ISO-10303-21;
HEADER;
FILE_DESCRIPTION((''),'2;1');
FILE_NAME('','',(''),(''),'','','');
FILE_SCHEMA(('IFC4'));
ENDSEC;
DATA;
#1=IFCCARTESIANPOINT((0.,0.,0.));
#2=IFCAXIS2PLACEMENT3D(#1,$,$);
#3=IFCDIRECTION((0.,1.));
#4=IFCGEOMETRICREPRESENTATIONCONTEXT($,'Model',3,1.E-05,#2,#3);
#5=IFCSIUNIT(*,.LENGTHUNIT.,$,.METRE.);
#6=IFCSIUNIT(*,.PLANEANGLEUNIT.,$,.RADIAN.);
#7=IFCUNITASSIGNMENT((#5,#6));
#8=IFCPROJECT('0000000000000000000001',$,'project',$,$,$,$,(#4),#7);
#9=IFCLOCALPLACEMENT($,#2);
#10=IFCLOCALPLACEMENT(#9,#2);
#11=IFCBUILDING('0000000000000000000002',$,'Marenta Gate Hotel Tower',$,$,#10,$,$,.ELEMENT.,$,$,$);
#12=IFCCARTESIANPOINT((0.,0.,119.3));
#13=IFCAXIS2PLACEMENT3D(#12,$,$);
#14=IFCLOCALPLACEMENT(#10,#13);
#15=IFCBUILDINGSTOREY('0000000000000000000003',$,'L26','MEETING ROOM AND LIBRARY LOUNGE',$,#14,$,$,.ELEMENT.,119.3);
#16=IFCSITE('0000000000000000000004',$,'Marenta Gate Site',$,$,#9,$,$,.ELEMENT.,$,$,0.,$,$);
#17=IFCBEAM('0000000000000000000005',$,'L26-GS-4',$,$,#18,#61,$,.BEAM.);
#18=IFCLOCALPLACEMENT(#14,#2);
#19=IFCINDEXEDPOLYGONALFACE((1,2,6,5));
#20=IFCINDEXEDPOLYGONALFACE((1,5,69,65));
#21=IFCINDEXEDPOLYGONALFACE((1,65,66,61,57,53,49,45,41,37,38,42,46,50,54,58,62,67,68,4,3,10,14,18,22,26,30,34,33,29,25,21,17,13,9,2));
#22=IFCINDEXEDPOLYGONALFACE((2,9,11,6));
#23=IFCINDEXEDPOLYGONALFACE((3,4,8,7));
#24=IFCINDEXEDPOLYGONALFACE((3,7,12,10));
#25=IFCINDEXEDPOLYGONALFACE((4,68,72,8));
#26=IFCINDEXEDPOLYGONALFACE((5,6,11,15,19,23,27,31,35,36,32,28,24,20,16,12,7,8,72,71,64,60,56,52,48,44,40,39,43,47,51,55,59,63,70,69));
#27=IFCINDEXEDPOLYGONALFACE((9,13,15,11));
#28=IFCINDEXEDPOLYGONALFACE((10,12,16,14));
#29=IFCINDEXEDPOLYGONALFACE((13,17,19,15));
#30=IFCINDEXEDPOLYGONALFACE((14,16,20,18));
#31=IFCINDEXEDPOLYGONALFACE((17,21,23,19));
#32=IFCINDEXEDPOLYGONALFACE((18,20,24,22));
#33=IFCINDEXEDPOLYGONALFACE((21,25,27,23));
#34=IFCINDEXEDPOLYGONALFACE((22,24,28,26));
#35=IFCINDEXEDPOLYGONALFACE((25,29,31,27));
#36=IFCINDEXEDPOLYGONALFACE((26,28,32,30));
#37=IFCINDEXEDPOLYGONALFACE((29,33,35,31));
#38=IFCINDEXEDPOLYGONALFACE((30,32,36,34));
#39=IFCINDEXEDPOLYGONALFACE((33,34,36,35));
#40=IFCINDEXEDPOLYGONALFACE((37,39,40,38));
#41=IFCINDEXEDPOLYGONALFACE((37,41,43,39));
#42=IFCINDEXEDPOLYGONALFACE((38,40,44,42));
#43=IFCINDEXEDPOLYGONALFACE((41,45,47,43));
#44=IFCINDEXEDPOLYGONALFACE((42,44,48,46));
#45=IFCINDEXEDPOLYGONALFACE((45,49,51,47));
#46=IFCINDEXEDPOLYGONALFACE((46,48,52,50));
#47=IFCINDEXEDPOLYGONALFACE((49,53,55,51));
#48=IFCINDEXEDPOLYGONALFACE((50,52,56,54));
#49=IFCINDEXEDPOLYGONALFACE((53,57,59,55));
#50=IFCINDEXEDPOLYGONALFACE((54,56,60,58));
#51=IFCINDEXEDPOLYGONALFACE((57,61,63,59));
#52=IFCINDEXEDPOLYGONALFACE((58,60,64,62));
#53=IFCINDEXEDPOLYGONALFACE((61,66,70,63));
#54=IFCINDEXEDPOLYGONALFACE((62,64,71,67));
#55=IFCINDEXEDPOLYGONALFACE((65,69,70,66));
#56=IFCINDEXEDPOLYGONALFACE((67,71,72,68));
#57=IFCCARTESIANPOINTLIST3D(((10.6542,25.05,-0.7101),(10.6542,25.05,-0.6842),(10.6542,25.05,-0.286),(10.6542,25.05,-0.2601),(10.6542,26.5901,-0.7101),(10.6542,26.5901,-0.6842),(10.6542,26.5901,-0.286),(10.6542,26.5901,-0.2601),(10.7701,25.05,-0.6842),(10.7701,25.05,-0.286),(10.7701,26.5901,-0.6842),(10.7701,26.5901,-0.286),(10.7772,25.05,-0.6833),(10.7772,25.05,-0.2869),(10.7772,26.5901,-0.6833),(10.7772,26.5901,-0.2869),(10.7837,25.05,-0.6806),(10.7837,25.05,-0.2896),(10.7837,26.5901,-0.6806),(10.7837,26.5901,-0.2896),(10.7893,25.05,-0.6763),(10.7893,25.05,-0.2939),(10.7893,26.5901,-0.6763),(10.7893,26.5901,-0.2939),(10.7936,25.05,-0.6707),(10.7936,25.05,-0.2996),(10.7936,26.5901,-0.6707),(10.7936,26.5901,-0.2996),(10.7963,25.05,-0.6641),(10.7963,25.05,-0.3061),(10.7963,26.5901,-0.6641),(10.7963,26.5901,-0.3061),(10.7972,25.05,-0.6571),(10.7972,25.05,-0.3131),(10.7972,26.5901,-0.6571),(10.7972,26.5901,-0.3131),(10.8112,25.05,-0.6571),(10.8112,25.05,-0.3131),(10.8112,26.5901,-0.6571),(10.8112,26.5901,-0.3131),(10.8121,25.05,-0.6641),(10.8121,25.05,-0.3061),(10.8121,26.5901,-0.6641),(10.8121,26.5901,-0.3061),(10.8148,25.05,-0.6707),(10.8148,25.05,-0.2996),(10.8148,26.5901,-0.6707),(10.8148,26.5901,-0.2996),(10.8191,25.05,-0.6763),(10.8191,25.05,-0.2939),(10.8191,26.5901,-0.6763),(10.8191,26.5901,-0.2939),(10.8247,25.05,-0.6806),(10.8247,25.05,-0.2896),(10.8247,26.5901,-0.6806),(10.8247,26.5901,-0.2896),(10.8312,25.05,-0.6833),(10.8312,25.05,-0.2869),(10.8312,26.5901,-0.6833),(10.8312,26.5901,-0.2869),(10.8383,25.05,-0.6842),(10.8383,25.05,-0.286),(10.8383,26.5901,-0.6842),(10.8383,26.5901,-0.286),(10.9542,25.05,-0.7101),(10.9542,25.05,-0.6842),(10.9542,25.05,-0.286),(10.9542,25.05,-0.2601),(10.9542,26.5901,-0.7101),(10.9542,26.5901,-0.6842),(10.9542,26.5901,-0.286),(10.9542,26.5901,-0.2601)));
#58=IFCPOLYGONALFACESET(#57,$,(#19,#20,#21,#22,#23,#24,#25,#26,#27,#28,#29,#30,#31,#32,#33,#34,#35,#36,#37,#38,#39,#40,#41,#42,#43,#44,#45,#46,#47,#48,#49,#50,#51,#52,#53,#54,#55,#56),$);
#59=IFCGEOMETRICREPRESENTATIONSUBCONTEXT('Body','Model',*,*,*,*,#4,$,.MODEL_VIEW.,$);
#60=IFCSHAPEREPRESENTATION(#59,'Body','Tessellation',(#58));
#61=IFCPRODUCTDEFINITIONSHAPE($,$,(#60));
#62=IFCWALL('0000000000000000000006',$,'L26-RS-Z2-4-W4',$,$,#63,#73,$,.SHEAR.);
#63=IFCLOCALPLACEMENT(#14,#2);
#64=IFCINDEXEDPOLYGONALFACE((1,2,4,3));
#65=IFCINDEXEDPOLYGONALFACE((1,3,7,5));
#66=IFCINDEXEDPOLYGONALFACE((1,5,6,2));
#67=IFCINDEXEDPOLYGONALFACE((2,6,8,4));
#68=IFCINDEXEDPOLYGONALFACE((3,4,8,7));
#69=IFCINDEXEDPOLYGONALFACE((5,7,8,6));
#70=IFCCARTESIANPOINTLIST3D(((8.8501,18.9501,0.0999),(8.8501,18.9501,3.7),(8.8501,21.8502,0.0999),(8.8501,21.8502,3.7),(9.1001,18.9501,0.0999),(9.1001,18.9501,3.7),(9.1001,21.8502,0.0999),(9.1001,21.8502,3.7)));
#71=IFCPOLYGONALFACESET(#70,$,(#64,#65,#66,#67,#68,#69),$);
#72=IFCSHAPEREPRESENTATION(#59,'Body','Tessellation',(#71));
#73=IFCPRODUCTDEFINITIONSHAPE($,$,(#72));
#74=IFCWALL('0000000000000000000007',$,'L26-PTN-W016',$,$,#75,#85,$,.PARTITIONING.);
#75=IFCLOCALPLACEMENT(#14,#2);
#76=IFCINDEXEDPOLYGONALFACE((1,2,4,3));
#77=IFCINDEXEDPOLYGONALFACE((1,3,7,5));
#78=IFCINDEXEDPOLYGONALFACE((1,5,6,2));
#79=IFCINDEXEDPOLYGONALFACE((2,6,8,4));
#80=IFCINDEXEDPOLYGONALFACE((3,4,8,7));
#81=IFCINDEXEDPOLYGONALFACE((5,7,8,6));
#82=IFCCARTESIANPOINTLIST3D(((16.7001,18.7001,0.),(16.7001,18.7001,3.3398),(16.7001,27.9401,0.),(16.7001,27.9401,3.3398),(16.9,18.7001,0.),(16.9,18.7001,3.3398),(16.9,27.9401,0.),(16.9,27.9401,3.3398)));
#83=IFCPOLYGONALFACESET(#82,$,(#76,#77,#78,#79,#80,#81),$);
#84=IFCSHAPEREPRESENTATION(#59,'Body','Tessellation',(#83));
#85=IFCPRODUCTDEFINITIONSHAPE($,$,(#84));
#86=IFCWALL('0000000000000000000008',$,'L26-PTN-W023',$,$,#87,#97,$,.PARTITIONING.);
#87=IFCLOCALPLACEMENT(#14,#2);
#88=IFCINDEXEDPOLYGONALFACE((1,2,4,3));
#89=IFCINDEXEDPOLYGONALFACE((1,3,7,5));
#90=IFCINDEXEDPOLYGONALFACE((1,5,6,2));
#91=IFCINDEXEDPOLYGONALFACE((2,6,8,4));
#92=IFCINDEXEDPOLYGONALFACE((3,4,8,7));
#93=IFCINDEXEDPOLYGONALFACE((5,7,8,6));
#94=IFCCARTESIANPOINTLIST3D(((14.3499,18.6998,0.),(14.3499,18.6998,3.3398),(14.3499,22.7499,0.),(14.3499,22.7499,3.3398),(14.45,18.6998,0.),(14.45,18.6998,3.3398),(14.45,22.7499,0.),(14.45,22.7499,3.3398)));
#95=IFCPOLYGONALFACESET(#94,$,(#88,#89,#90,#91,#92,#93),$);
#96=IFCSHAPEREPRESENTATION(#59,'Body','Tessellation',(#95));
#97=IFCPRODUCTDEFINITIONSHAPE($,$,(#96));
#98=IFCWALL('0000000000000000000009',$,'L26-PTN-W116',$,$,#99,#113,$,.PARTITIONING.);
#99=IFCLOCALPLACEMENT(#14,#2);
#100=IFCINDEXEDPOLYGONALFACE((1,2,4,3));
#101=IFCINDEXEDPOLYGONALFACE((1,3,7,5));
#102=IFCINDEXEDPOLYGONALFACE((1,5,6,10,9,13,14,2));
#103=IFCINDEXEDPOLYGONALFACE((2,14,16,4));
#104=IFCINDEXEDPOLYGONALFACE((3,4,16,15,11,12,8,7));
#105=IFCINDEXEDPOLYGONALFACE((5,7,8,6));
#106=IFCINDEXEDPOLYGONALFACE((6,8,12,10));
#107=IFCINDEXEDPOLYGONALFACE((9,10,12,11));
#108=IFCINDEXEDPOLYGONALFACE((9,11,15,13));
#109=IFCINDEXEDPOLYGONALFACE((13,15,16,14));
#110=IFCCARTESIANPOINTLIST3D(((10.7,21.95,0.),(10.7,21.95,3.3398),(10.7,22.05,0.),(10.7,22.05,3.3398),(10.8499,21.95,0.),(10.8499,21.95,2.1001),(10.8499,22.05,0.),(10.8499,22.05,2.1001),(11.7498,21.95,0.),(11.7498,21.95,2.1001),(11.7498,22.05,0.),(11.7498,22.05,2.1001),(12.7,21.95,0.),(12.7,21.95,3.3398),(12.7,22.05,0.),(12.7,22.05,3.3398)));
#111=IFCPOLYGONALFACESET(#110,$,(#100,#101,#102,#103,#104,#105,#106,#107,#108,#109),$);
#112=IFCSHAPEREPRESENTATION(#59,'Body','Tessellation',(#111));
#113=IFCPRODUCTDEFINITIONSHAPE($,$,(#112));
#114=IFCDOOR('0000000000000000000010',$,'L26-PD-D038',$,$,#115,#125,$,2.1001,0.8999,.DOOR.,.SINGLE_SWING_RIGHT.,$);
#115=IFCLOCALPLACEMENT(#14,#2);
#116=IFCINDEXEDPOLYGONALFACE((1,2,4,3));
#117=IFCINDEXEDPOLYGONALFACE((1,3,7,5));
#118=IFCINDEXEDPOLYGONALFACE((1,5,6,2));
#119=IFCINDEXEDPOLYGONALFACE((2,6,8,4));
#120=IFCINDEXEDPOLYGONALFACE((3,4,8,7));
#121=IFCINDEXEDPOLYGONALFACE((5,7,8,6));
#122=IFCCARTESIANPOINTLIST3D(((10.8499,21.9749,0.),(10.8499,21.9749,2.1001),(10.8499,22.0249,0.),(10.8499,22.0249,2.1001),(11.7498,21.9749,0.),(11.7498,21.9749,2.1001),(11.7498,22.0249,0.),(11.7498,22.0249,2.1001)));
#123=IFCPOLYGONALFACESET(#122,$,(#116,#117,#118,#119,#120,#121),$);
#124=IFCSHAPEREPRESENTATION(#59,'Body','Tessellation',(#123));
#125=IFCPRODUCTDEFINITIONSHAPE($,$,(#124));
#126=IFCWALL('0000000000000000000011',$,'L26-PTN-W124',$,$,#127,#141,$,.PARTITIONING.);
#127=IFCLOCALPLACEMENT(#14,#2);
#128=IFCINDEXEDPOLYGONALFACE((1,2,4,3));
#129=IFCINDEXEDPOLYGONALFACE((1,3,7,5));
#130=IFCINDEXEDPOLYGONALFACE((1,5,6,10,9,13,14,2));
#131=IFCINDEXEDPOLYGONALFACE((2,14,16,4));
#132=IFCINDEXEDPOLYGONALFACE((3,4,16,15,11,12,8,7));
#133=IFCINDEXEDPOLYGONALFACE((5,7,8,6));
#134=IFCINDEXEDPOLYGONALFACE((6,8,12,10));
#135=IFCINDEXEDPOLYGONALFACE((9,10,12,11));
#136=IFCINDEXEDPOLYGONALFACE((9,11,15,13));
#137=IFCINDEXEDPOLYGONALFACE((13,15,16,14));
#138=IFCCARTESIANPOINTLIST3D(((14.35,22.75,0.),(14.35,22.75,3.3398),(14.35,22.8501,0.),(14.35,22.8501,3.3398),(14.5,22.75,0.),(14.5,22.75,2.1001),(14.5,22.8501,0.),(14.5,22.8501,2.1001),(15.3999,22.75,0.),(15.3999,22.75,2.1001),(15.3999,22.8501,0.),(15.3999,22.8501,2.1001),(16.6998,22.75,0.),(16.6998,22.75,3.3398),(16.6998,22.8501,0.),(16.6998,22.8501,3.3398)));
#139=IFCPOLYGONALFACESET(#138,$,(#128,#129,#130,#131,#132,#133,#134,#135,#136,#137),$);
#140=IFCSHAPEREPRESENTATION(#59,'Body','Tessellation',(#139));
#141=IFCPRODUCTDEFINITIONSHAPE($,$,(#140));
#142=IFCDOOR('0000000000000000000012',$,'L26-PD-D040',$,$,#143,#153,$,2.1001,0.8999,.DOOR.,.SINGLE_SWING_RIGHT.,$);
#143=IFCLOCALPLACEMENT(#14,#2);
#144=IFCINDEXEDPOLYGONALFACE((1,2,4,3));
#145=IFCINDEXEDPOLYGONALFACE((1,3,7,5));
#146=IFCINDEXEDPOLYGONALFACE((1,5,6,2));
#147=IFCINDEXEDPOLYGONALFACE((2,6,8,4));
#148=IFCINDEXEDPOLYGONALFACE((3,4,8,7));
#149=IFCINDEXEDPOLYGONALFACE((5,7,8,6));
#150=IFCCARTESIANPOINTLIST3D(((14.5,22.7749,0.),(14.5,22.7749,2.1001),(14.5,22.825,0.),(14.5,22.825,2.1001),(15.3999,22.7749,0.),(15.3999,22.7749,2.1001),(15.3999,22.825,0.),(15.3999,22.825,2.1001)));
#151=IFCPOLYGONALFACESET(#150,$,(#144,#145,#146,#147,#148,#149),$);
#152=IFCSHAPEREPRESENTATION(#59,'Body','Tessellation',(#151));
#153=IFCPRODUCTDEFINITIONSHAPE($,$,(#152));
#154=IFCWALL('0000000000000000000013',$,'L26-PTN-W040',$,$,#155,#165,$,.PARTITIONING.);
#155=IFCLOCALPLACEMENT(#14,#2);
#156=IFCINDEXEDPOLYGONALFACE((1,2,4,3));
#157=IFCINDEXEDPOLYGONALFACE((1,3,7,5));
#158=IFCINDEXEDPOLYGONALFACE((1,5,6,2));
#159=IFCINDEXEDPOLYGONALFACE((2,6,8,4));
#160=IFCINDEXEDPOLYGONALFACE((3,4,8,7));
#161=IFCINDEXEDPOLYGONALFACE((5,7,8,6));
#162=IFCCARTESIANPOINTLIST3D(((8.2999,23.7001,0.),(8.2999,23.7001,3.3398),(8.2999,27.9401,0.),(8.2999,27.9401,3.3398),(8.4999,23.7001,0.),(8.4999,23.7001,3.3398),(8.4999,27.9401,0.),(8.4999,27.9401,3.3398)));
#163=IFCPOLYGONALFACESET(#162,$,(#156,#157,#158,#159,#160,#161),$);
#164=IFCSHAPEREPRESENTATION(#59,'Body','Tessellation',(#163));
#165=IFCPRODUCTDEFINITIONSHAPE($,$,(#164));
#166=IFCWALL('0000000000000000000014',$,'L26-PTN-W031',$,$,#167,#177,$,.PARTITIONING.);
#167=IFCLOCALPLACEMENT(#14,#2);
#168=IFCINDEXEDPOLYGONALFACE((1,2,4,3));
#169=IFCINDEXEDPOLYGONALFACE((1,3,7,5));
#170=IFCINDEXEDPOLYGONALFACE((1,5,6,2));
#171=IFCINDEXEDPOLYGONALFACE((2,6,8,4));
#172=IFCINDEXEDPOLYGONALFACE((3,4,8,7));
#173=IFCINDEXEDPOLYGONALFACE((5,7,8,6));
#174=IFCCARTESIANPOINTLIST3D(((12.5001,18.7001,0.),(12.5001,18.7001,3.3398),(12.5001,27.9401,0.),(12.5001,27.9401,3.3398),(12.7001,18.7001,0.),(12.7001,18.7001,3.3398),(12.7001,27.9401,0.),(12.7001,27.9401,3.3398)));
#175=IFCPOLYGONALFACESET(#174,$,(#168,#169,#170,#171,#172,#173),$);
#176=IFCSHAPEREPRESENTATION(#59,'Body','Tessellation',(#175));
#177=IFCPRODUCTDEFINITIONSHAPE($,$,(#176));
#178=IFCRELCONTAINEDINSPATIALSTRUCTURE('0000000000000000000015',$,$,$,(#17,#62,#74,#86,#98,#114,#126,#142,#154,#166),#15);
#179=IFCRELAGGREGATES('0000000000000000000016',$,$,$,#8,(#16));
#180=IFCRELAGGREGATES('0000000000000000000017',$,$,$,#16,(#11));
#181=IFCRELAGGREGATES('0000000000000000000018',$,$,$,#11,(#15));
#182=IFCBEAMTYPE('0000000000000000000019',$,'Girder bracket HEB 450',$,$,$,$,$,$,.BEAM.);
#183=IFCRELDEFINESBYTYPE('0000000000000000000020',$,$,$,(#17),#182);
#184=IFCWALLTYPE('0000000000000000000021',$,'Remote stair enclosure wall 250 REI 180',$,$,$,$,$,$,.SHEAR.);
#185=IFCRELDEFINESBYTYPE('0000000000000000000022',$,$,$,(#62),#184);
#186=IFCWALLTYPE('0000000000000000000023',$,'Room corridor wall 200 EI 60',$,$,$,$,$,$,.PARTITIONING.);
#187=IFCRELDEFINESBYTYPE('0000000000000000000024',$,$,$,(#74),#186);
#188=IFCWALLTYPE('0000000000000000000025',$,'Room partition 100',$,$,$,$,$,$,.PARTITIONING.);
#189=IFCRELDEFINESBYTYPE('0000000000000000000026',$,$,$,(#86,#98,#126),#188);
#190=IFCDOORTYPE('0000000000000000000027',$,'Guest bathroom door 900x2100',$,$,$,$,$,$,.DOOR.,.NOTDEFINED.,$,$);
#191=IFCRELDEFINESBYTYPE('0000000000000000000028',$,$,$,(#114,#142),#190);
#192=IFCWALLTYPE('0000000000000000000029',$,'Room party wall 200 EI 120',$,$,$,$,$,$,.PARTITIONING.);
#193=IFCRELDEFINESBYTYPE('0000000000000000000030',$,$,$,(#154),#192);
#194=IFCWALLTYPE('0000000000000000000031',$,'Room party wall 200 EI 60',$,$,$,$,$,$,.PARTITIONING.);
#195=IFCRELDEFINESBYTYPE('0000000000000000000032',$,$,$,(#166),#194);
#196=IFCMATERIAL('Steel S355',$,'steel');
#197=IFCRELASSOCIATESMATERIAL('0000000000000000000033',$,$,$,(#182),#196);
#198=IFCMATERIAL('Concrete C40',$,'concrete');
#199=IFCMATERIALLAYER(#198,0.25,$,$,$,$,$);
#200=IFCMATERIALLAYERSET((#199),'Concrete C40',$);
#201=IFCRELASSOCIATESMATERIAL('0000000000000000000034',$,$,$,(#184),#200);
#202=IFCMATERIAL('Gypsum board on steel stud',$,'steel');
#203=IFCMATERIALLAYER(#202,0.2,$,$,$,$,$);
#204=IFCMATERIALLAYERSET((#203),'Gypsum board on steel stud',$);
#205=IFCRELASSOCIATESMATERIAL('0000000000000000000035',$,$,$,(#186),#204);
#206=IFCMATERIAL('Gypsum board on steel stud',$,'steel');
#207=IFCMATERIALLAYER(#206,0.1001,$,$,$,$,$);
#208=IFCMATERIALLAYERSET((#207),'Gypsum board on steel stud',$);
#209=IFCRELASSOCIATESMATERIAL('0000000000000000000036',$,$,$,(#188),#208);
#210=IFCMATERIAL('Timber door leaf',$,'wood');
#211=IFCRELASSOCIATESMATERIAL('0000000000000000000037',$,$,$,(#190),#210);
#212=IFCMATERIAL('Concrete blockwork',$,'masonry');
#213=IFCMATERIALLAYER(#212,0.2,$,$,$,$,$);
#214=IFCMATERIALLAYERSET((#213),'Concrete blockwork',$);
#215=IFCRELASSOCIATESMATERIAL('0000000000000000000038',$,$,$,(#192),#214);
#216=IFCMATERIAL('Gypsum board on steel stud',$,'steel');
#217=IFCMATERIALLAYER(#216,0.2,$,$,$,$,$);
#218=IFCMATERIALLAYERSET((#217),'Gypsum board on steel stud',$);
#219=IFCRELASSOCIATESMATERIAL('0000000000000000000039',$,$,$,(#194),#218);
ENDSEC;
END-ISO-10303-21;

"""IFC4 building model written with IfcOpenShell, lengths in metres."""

from ifc_helpers import new_model, si_unit, direction, frame, frame_2d, origin, origin_2d, place, context, subcontext, project, spatial, rectangle, i_section, extrude, material, layer, layer_set, material_profile, profile_set, type_object, element, fill, save


model = new_model("IFC4")

# Units and contexts
model_context = context("Model", 3, precision=1e-05, world=origin(), true_north=direction((0.0, 1.0)))
body_context = subcontext(model_context, "Body", "Model", "MODEL_VIEW")
ifc_project = project(units=[si_unit("LENGTHUNIT", "METRE"), si_unit("PLANEANGLEUNIT", "RADIAN")], contexts=[model_context])

# Site, building, storey
site_placement = place(None, origin())
site = spatial("IfcSite", under=ifc_project, at=site_placement, Name="Marenta Gate Site", CompositionType="ELEMENT", RefElevation=0.0)
building_placement = place(site_placement, origin())
building = spatial("IfcBuilding", under=site, at=building_placement, Name="Marenta Gate Hotel Tower", CompositionType="ELEMENT")
storey_placement = place(building_placement, frame((0.0, 0.0, 119.3)))
storey = spatial("IfcBuildingStorey", under=building, at=storey_placement, Name="L26", Description="MEETING ROOM AND LIBRARY LOUNGE", CompositionType="ELEMENT", Elevation=119.3)

# Beam
ifc_material_1 = material(Name="Steel S355", Category="steel")
ifc_material_profile_1 = material_profile(ifc_material_1, i_section(OverallWidth=0.3, OverallDepth=0.45, WebThickness=0.0139, FlangeThickness=0.0259, FilletRadius=0.0271, at=origin_2d()), Name="HEB 450")
ifc_profile_set_1 = profile_set([ifc_material_profile_1], Name="Steel S355")
beam_type_1 = type_object("IfcBeamType", Name="Girder bracket HEB 450", PredefinedType="BEAM", material=ifc_profile_set_1)
beam_1_placement = place(storey_placement, frame((10.8042, 25.05, -0.4851), z_axis=(0.0, 1.0, 0.0), x_axis=(-1.0, 0.0, 0.0)))
element("IfcBeam", 1, at=beam_1_placement, inside=storey, type_object=beam_type_1, Name="L26-GS-4", PredefinedType="BEAM", context=body_context, shape_type="SweptSolid", body=[
    extrude(i_section(OverallWidth=0.3, OverallDepth=0.45, WebThickness=0.0139, FlangeThickness=0.0259, FilletRadius=0.0271, at=origin_2d()), origin(), (0.0, 0.0, 1.0), 1.54),
])

# Walls
ifc_material_2 = material(Name="Concrete C40", Category="concrete")
ifc_layer_1 = layer(ifc_material_2, 0.25)
ifc_layer_set_1 = layer_set([ifc_layer_1], Name="Concrete C40")
wall_type_1 = type_object("IfcWallType", Name="Remote stair enclosure wall 250 REI 180", PredefinedType="SHEAR", material=ifc_layer_set_1)
wall_1_placement = place(storey_placement, frame((8.9751, 18.95, 0.0999), z_axis=(0.0, 0.0, 1.0), x_axis=(0.0, 1.0, 0.0)))
element("IfcWall", 2, at=wall_1_placement, inside=storey, type_object=wall_type_1, Name="L26-RS-Z2-4-W4", PredefinedType="SHEAR", context=body_context, shape_type="SweptSolid", body=[
    extrude(rectangle(XDim=2.9001, YDim=0.25, at=frame_2d((1.4502, 0.0))), origin(), (0.0, 0.0, 1.0), 3.6001),
])
ifc_material_3 = material(Name="Gypsum board on steel stud", Category="steel")
ifc_layer_2 = layer(ifc_material_3, 0.2)
ifc_layer_set_2 = layer_set([ifc_layer_2], Name="Gypsum board on steel stud")
wall_type_2 = type_object("IfcWallType", Name="Room corridor wall 200 EI 60", PredefinedType="PARTITIONING", material=ifc_layer_set_2)
wall_2_placement = place(storey_placement, frame((16.8, 18.7, 0.0), z_axis=(0.0, 0.0, 1.0), x_axis=(0.0, 1.0, 0.0)))
element("IfcWall", 3, at=wall_2_placement, inside=storey, type_object=wall_type_2, Name="L26-PTN-W016", PredefinedType="PARTITIONING", context=body_context, shape_type="SweptSolid", body=[
    extrude(rectangle(XDim=9.24, YDim=0.2, at=frame_2d((4.6201, 0.0))), origin(), (0.0, 0.0, 1.0), 3.3398),
])

# Wall
ifc_material_4 = material(Name="Gypsum board on steel stud", Category="steel")
ifc_layer_3 = layer(ifc_material_4, 0.1001)
ifc_layer_set_3 = layer_set([ifc_layer_3], Name="Gypsum board on steel stud")
wall_type_3 = type_object("IfcWallType", Name="Room partition 100", PredefinedType="PARTITIONING", material=ifc_layer_set_3)
wall_3_placement = place(storey_placement, frame((14.3999, 18.7, 0.0), z_axis=(0.0, 0.0, 1.0), x_axis=(0.0, 1.0, 0.0)))
element("IfcWall", 4, at=wall_3_placement, inside=storey, type_object=wall_type_3, Name="L26-PTN-W023", PredefinedType="PARTITIONING", context=body_context, shape_type="SweptSolid", body=[
    extrude(rectangle(XDim=4.05, YDim=0.1001, at=frame_2d((2.0249, 0.0))), origin(), (0.0, 0.0, 1.0), 3.3398),
])

# Walls, openings, doors
wall_4_placement = place(storey_placement, frame((10.7, 22.0, 0.0), z_axis=(0.0, 0.0, 1.0), x_axis=(1.0, 0.0, 0.0)))
wall_4 = element("IfcWall", 5, at=wall_4_placement, inside=storey, type_object=wall_type_3, Name="L26-PTN-W116", PredefinedType="PARTITIONING", context=body_context, shape_type="SweptSolid", body=[
    extrude(rectangle(XDim=2.0, YDim=0.1001, at=frame_2d((1.0, 0.0))), origin(), (0.0, 0.0, 1.0), 3.3398),
])
opening_1_placement = place(wall_4_placement, frame((0.1499, 0.0, 0.0)))
opening_1 = element("IfcOpeningElement", 6, at=opening_1_placement, cuts=wall_4, PredefinedType="OPENING", context=body_context, shape_type="SweptSolid", body=[
    extrude(rectangle(XDim=0.8999, YDim=2.1001, at=frame_2d((0.45, 1.05))), frame((0.0, 0.05, 0.0), z_axis=(0.0, -1.0, 0.0), x_axis=(1.0, 0.0, 0.0)), (0.0, 0.0, 1.0), 0.1001),
])
ifc_material_5 = material(Name="Timber door leaf", Category="wood")
door_type_1 = type_object("IfcDoorType", Name="Guest bathroom door 900x2100", OperationType="NOTDEFINED", PredefinedType="DOOR", material=ifc_material_5)
door_1_placement = place(opening_1_placement, origin())
door_1 = element("IfcDoor", 7, at=door_1_placement, inside=storey, type_object=door_type_1, Name="L26-PD-D038", OperationType="SINGLE_SWING_RIGHT", OverallHeight=2.1001, OverallWidth=0.8999, PredefinedType="DOOR", context=body_context, shape_type="SweptSolid", body=[
    extrude(rectangle(XDim=0.8999, YDim=2.1001, at=frame_2d((0.45, 1.05))), frame((0.0, 0.0249, 0.0), z_axis=(0.0, -1.0, 0.0), x_axis=(1.0, 0.0, 0.0)), (0.0, 0.0, 1.0), 0.05),
])
fill(opening_1, door_1)
wall_5_placement = place(storey_placement, frame((14.3501, 22.8, 0.0), z_axis=(0.0, 0.0, 1.0), x_axis=(1.0, 0.0, 0.0)))
wall_5 = element("IfcWall", 8, at=wall_5_placement, inside=storey, type_object=wall_type_3, Name="L26-PTN-W124", PredefinedType="PARTITIONING", context=body_context, shape_type="SweptSolid", body=[
    extrude(rectangle(XDim=2.3499, YDim=0.1001, at=frame_2d((1.1748, 0.0))), origin(), (0.0, 0.0, 1.0), 3.3398),
])
opening_2_placement = place(wall_5_placement, frame((0.1499, 0.0, 0.0)))
opening_2 = element("IfcOpeningElement", 9, at=opening_2_placement, cuts=wall_5, PredefinedType="OPENING", context=body_context, shape_type="SweptSolid", body=[
    extrude(rectangle(XDim=0.8999, YDim=2.1001, at=frame_2d((0.45, 1.05))), frame((0.0, 0.05, 0.0), z_axis=(0.0, -1.0, 0.0), x_axis=(1.0, 0.0, 0.0)), (0.0, 0.0, 1.0), 0.1001),
])
door_2_placement = place(opening_2_placement, origin())
door_2 = element("IfcDoor", 10, at=door_2_placement, inside=storey, type_object=door_type_1, Name="L26-PD-D040", OperationType="SINGLE_SWING_RIGHT", OverallHeight=2.1001, OverallWidth=0.8999, PredefinedType="DOOR", context=body_context, shape_type="SweptSolid", body=[
    extrude(rectangle(XDim=0.8999, YDim=2.1001, at=frame_2d((0.45, 1.05))), frame((0.0, 0.0249, 0.0), z_axis=(0.0, -1.0, 0.0), x_axis=(1.0, 0.0, 0.0)), (0.0, 0.0, 1.0), 0.05),
])
fill(opening_2, door_2)

# Walls
ifc_material_6 = material(Name="Concrete blockwork", Category="masonry")
ifc_layer_4 = layer(ifc_material_6, 0.2)
ifc_layer_set_4 = layer_set([ifc_layer_4], Name="Concrete blockwork")
wall_type_4 = type_object("IfcWallType", Name="Room party wall 200 EI 120", PredefinedType="PARTITIONING", material=ifc_layer_set_4)
wall_6_placement = place(storey_placement, frame((8.3999, 23.7, 0.0), z_axis=(0.0, 0.0, 1.0), x_axis=(0.0, 1.0, 0.0)))
element("IfcWall", 11, at=wall_6_placement, inside=storey, type_object=wall_type_4, Name="L26-PTN-W040", PredefinedType="PARTITIONING", context=body_context, shape_type="SweptSolid", body=[
    extrude(rectangle(XDim=4.24, YDim=0.2, at=frame_2d((2.1201, 0.0))), origin(), (0.0, 0.0, 1.0), 3.3398),
])
ifc_material_7 = material(Name="Gypsum board on steel stud", Category="steel")
ifc_layer_5 = layer(ifc_material_7, 0.2)
ifc_layer_set_5 = layer_set([ifc_layer_5], Name="Gypsum board on steel stud")
wall_type_5 = type_object("IfcWallType", Name="Room party wall 200 EI 60", PredefinedType="PARTITIONING", material=ifc_layer_set_5)
wall_7_placement = place(storey_placement, frame((12.6001, 18.7, 0.0), z_axis=(0.0, 0.0, 1.0), x_axis=(0.0, 1.0, 0.0)))
element("IfcWall", 12, at=wall_7_placement, inside=storey, type_object=wall_type_5, Name="L26-PTN-W031", PredefinedType="PARTITIONING", context=body_context, shape_type="SweptSolid", body=[
    extrude(rectangle(XDim=9.24, YDim=0.2, at=frame_2d((4.6201, 0.0))), origin(), (0.0, 0.0, 1.0), 3.3398),
])

save(model, "model.ifc")
